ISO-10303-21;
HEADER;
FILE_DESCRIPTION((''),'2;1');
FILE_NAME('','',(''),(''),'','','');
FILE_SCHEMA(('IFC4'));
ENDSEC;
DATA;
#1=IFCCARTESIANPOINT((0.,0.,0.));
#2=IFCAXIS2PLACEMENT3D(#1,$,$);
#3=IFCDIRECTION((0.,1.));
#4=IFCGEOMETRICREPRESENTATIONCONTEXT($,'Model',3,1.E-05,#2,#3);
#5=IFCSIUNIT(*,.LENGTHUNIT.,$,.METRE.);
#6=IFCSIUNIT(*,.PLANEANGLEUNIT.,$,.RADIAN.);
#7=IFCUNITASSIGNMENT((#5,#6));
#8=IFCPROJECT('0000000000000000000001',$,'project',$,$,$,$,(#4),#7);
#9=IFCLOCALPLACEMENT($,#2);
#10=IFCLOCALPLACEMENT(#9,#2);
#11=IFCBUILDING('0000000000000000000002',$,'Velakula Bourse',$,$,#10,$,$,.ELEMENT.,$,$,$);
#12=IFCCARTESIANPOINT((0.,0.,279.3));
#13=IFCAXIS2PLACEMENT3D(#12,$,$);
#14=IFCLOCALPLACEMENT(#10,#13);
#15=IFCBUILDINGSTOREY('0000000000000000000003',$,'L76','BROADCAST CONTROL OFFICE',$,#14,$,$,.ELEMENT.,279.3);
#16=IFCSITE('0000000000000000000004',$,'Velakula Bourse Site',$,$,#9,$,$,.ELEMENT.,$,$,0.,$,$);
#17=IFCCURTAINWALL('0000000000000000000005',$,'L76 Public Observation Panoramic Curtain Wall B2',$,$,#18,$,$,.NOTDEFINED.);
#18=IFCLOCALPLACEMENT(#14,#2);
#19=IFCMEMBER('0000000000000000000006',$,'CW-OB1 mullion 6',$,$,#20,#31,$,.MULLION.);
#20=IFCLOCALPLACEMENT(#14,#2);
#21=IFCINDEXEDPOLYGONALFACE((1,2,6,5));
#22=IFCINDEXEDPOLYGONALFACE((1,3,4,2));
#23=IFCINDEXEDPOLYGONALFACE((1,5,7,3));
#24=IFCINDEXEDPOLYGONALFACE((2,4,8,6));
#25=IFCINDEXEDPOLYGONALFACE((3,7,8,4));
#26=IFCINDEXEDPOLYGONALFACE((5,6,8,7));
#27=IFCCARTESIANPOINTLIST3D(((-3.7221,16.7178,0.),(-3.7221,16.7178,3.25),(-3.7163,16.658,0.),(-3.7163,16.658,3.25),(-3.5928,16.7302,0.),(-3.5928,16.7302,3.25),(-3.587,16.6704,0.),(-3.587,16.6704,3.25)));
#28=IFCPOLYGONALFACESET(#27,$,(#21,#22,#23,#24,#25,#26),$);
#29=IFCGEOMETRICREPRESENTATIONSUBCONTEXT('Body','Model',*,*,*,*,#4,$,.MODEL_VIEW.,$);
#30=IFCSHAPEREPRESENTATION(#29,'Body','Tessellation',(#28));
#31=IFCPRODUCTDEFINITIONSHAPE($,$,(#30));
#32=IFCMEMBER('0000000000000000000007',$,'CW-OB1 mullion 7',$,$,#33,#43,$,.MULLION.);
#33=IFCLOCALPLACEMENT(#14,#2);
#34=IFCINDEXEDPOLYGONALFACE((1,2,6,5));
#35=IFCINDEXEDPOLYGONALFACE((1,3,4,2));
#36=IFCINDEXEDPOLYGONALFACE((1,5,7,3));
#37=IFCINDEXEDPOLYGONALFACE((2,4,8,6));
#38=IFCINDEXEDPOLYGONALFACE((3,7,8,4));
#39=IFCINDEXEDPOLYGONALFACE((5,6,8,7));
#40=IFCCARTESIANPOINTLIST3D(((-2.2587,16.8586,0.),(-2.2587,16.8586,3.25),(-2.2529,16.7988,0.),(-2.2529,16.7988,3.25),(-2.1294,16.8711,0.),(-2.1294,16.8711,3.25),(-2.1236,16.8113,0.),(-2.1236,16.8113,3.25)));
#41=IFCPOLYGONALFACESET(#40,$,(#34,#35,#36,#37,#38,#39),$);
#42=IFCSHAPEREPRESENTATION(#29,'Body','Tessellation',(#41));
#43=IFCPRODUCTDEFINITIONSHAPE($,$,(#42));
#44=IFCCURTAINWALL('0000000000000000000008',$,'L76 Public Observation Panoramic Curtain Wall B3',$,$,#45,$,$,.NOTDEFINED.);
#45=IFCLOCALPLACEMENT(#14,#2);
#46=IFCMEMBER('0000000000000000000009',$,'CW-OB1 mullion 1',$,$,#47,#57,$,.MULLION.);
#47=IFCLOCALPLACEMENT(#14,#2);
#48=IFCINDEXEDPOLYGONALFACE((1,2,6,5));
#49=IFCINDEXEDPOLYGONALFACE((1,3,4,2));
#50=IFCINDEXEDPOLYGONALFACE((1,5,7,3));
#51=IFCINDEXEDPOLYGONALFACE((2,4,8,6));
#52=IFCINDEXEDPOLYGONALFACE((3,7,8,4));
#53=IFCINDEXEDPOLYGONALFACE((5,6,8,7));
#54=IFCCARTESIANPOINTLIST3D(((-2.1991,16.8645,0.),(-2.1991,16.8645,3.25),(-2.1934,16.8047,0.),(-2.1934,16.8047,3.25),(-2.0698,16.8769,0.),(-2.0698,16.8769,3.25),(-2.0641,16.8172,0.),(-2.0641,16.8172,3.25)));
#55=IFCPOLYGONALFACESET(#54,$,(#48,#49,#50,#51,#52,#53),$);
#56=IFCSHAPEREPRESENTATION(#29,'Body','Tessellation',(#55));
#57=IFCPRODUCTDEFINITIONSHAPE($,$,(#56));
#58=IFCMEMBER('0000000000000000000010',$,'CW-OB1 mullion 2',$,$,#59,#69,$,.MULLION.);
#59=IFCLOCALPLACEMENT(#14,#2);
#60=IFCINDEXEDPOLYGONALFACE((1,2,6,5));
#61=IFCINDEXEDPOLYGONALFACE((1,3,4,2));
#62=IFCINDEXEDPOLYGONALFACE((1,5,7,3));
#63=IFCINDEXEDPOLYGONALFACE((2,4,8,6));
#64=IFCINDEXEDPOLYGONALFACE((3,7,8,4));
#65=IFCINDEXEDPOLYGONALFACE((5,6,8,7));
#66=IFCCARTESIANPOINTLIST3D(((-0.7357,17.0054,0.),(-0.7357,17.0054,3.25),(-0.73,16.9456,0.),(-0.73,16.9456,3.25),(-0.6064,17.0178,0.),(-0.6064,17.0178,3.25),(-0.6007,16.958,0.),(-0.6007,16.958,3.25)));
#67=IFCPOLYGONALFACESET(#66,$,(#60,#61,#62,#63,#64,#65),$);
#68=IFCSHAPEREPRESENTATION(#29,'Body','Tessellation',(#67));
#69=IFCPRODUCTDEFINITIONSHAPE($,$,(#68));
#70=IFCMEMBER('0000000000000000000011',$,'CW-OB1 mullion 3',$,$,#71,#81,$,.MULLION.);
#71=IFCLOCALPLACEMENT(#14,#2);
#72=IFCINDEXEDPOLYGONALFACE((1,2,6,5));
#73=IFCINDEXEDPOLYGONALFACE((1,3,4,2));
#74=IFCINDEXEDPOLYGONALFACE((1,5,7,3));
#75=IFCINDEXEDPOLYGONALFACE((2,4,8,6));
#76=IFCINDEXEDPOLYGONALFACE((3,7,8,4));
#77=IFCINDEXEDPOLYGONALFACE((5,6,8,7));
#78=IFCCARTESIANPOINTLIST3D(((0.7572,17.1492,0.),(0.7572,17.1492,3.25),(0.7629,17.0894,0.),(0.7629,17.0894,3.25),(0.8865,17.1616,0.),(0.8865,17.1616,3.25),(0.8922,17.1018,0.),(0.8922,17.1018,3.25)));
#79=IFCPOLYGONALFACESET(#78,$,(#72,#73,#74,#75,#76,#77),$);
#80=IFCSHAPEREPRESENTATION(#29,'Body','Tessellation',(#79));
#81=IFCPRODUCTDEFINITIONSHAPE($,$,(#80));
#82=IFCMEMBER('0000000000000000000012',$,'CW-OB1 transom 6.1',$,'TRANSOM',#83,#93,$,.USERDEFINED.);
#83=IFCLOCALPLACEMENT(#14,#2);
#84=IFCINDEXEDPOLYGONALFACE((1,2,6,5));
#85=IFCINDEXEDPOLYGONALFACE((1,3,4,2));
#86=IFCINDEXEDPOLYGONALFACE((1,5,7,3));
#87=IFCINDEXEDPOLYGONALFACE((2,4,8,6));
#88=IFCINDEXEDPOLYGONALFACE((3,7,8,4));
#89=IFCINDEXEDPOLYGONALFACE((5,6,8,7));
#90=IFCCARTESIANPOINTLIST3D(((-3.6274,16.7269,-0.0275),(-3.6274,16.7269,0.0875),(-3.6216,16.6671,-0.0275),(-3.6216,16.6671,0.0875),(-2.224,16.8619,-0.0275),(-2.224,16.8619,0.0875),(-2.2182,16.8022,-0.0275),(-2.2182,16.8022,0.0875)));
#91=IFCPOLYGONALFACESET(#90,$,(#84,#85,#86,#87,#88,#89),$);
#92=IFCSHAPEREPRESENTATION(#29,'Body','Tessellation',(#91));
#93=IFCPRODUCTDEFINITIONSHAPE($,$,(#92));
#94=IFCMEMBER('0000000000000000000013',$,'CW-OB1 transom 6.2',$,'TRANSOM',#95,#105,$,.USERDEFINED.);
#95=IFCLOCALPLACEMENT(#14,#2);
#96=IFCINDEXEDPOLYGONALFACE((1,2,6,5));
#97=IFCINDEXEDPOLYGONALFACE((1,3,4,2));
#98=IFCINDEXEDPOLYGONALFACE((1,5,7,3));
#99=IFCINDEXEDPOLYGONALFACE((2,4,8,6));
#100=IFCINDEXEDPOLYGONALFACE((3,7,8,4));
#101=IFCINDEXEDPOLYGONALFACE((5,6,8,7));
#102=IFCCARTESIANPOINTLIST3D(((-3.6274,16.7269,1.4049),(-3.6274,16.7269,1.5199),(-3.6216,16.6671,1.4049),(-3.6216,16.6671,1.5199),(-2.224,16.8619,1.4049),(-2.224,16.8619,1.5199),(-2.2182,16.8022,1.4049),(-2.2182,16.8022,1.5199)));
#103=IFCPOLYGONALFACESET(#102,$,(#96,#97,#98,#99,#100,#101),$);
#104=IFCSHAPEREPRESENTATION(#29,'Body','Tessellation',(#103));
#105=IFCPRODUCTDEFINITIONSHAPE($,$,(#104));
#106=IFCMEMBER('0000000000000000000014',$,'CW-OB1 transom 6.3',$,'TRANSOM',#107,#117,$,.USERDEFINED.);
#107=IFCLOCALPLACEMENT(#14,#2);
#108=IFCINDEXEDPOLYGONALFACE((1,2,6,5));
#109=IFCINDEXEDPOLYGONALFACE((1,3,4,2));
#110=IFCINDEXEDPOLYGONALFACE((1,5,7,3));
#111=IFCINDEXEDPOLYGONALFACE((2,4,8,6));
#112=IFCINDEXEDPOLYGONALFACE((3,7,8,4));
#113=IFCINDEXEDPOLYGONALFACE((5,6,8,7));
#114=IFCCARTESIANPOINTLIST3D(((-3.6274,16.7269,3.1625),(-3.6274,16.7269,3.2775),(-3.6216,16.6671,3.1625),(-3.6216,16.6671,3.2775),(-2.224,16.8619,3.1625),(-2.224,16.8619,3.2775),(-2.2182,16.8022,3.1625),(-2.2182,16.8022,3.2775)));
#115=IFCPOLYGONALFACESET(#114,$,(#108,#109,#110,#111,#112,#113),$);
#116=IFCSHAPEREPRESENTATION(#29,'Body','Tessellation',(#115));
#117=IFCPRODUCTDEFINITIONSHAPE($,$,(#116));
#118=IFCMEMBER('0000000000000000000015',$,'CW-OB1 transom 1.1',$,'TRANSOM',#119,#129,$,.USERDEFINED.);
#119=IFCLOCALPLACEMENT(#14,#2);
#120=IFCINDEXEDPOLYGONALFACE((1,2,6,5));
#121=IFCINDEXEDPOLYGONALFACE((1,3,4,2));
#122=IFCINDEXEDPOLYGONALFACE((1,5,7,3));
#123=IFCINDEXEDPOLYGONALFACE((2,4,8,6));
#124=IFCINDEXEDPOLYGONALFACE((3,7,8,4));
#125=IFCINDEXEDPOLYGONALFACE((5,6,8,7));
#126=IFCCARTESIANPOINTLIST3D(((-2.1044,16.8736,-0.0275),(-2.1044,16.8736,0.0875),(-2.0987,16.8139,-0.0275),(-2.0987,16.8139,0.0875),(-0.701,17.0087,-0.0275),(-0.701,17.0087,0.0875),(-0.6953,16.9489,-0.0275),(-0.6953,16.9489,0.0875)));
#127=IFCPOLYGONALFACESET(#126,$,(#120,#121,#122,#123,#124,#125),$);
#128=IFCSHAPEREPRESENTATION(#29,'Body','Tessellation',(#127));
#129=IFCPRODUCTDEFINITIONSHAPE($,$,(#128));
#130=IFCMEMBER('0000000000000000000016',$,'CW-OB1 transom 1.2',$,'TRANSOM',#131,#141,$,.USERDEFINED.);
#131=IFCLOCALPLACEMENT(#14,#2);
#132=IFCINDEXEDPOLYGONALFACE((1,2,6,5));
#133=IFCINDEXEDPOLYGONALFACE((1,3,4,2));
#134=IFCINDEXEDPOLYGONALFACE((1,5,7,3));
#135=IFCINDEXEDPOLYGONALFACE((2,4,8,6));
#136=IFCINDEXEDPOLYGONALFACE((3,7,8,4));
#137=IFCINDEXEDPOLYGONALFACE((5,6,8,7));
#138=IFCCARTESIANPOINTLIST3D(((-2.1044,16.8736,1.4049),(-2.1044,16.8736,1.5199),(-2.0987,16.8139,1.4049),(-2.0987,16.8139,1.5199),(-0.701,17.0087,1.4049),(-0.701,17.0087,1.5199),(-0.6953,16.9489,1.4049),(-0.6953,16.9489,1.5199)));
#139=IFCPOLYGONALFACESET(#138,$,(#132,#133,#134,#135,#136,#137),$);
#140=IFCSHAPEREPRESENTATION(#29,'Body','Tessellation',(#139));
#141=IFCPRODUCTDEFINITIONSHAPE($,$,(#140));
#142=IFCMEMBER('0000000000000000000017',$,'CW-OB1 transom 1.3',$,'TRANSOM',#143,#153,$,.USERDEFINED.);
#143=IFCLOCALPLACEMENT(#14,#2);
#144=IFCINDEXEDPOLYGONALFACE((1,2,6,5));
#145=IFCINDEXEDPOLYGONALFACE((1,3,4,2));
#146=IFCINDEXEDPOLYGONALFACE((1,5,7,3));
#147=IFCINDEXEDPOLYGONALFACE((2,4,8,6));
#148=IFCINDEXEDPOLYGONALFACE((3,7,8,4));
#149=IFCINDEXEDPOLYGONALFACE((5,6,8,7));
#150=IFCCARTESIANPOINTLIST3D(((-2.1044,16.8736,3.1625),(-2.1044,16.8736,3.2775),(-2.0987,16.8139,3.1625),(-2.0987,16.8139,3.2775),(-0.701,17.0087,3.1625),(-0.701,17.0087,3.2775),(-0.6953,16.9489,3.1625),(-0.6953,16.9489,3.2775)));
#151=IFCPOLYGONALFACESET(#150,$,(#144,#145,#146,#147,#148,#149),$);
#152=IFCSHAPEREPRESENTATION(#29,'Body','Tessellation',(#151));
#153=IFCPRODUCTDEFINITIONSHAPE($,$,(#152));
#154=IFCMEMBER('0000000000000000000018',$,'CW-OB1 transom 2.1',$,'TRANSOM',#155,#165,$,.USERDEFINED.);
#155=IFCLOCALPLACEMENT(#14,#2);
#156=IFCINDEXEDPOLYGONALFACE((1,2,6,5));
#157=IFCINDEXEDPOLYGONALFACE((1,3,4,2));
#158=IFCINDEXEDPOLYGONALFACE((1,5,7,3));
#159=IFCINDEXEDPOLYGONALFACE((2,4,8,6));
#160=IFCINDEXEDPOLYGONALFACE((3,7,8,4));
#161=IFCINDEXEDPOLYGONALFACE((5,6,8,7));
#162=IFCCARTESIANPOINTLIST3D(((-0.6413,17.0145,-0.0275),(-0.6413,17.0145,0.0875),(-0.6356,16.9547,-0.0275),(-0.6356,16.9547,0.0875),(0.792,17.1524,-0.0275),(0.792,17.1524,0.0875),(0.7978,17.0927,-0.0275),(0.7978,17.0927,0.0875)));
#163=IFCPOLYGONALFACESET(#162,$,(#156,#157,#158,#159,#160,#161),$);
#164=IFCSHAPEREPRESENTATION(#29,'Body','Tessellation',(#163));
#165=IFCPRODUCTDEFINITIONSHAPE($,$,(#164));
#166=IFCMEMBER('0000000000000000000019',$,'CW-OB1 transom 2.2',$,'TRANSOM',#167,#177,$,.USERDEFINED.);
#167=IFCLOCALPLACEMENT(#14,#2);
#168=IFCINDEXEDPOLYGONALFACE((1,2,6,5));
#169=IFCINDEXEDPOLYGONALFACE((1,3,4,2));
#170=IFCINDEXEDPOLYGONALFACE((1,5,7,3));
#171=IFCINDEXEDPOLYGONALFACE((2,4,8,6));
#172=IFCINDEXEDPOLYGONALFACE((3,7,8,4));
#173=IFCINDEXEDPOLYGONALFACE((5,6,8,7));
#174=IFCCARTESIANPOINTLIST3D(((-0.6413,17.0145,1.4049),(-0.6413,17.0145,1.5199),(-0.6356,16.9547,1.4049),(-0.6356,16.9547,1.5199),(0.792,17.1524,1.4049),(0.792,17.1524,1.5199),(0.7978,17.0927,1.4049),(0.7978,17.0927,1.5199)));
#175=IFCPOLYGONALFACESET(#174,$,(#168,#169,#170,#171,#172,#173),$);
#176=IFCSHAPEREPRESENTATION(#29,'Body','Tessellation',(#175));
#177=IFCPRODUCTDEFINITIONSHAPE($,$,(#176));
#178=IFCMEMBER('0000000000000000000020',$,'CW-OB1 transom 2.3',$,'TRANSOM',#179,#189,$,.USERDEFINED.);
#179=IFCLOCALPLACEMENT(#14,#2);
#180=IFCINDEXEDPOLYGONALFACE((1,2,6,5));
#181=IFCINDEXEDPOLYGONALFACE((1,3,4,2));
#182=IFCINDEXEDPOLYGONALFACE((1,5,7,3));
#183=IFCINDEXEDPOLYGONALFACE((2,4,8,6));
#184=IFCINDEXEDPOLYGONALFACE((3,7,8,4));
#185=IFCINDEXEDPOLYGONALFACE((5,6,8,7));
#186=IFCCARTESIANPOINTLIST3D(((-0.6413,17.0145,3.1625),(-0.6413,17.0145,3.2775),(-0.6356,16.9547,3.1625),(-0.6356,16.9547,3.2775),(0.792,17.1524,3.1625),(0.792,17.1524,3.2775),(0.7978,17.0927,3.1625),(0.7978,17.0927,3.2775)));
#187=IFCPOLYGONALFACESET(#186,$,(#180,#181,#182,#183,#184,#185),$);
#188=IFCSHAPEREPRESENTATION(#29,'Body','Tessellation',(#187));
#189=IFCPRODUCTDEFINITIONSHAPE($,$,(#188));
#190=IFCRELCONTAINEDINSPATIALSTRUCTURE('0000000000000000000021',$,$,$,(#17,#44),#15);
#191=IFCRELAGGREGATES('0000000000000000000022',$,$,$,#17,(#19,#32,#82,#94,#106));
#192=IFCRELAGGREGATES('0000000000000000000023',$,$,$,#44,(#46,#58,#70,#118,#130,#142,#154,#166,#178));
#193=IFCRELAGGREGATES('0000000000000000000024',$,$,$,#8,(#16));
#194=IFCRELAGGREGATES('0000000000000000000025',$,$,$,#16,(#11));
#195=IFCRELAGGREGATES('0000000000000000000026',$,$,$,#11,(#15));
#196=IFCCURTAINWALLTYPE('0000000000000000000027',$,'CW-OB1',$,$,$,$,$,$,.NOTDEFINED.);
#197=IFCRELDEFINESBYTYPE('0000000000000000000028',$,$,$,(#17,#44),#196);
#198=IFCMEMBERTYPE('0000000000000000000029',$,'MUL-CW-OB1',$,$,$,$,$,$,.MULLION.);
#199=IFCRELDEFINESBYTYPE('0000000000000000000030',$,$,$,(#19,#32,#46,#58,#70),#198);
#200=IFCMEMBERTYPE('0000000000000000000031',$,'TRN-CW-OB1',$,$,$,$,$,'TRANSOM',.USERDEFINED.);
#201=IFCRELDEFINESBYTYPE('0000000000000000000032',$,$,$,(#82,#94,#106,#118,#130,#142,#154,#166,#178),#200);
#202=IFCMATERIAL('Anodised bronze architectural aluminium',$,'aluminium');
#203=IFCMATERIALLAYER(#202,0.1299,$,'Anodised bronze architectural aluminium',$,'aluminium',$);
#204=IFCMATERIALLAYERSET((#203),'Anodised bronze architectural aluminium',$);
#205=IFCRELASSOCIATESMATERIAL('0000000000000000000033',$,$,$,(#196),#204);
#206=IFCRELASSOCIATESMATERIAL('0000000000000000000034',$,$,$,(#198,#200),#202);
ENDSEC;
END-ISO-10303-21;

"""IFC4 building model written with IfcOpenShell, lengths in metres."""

from ifc_helpers import new_model, si_unit, direction, frame, origin, origin_2d, place, context, subcontext, project, spatial, rectangle, extrude, material, layer, layer_set, material_profile, profile_set, type_object, element, aggregate, save


model = new_model("IFC4")

# Units and contexts
model_context = context("Model", 3, precision=1e-05, world=origin(), true_north=direction((0.0, 1.0)))
body_context = subcontext(model_context, "Body", "Model", "MODEL_VIEW")
ifc_project = project(units=[si_unit("LENGTHUNIT", "METRE"), si_unit("PLANEANGLEUNIT", "RADIAN")], contexts=[model_context])

# Site, building, storey
site_placement = place(None, origin())
site = spatial("IfcSite", under=ifc_project, at=site_placement, Name="Velakula Bourse Site", CompositionType="ELEMENT", RefElevation=0.0)
building_placement = place(site_placement, origin())
building = spatial("IfcBuilding", under=site, at=building_placement, Name="Velakula Bourse", CompositionType="ELEMENT")
storey_placement = place(building_placement, frame((0.0, 0.0, 279.3)))
storey = spatial("IfcBuildingStorey", under=building, at=storey_placement, Name="L76", Description="BROADCAST CONTROL OFFICE", CompositionType="ELEMENT", Elevation=279.3)

# Curtain walls, members
ifc_material_1 = material(Name="Anodised bronze architectural aluminium", Category="aluminium")
ifc_layer_1 = layer(ifc_material_1, 0.1299, Name="Anodised bronze architectural aluminium", Category="aluminium")
ifc_layer_set_1 = layer_set([ifc_layer_1], Name="Anodised bronze architectural aluminium")
curtain_wall_type = type_object("IfcCurtainWallType", Name="CW-OB1", PredefinedType="NOTDEFINED", material=ifc_layer_set_1)
curtain_wall_1_placement = place(storey_placement, origin())
curtain_wall_1 = element("IfcCurtainWall", 1, at=curtain_wall_1_placement, inside=storey, type_object=curtain_wall_type, Name="L76 Public Observation Panoramic Curtain Wall B2", PredefinedType="NOTDEFINED")
ifc_material_profile_1 = material_profile(ifc_material_1, rectangle(XDim=0.0601, YDim=0.1299, at=origin_2d()), Name="Anodised bronze architectural aluminium")
ifc_profile_set_1 = profile_set([ifc_material_profile_1], Name="Anodised bronze architectural aluminium")
member_type_1 = type_object("IfcMemberType", Name="MUL-CW-OB1", PredefinedType="MULLION", material=ifc_profile_set_1)
member_1_placement = place(storey_placement, frame((-3.6545, 16.6941, 0.0), z_axis=(0.0, 0.0, 1.0), x_axis=(-0.095845, 0.995396, 0.0)))
member_1 = element("IfcMember", 2, at=member_1_placement, type_object=member_type_1, Name="CW-OB1 mullion 6", PredefinedType="MULLION", context=body_context, shape_type="SweptSolid", body=[
    extrude(rectangle(XDim=0.0601, YDim=0.1299, at=origin_2d()), origin(), (0.0, 0.0, 1.0), 3.25),
])
member_2_placement = place(storey_placement, frame((-2.1912, 16.835, 0.0), z_axis=(0.0, 0.0, 1.0), x_axis=(-0.095845, 0.995396, 0.0)))
member_2 = element("IfcMember", 3, at=member_2_placement, type_object=member_type_1, Name="CW-OB1 mullion 7", PredefinedType="MULLION", context=body_context, shape_type="SweptSolid", body=[
    extrude(rectangle(XDim=0.0601, YDim=0.1299, at=origin_2d()), origin(), (0.0, 0.0, 1.0), 3.25),
])
curtain_wall_2_placement = place(storey_placement, origin())
curtain_wall_2 = element("IfcCurtainWall", 4, at=curtain_wall_2_placement, inside=storey, type_object=curtain_wall_type, Name="L76 Public Observation Panoramic Curtain Wall B3", PredefinedType="NOTDEFINED")
member_3_placement = place(storey_placement, frame((-2.1316, 16.8408, 0.0), z_axis=(0.0, 0.0, 1.0), x_axis=(-0.095844, 0.995396, 0.0)))
member_3 = element("IfcMember", 5, at=member_3_placement, type_object=member_type_1, Name="CW-OB1 mullion 1", PredefinedType="MULLION", context=body_context, shape_type="SweptSolid", body=[
    extrude(rectangle(XDim=0.0601, YDim=0.1299, at=origin_2d()), origin(), (0.0, 0.0, 1.0), 3.25),
])
member_4_placement = place(storey_placement, frame((-0.6682, 16.9817, 0.0), z_axis=(0.0, 0.0, 1.0), x_axis=(-0.095844, 0.995396, 0.0)))
member_4 = element("IfcMember", 6, at=member_4_placement, type_object=member_type_1, Name="CW-OB1 mullion 2", PredefinedType="MULLION", context=body_context, shape_type="SweptSolid", body=[
    extrude(rectangle(XDim=0.0601, YDim=0.1299, at=origin_2d()), origin(), (0.0, 0.0, 1.0), 3.25),
])
member_5_placement = place(storey_placement, frame((0.8247, 17.1255, 0.0), z_axis=(0.0, 0.0, 1.0), x_axis=(-0.095844, 0.995396, 0.0)))
member_5 = element("IfcMember", 7, at=member_5_placement, type_object=member_type_1, Name="CW-OB1 mullion 3", PredefinedType="MULLION", context=body_context, shape_type="SweptSolid", body=[
    extrude(rectangle(XDim=0.0601, YDim=0.1299, at=origin_2d()), origin(), (0.0, 0.0, 1.0), 3.25),
])

# Members
ifc_material_profile_2 = material_profile(ifc_material_1, rectangle(XDim=0.0601, YDim=0.115, at=origin_2d()), Name="Anodised bronze architectural aluminium")
ifc_profile_set_2 = profile_set([ifc_material_profile_2], Name="Anodised bronze architectural aluminium")
member_type_2 = type_object("IfcMemberType", Name="TRN-CW-OB1", ElementType="TRANSOM", PredefinedType="USERDEFINED", material=ifc_profile_set_2)
member_6_placement = place(storey_placement, frame((-3.6245, 16.697, 0.03), z_axis=(0.995404, 0.095765, 0.0), x_axis=(-0.095765, 0.995404, 0.0)))
member_6 = element("IfcMember", 8, at=member_6_placement, type_object=member_type_2, Name="CW-OB1 transom 6.1", ObjectType="TRANSOM", PredefinedType="USERDEFINED", context=body_context, shape_type="SweptSolid", body=[
    extrude(rectangle(XDim=0.0601, YDim=0.115, at=origin_2d()), origin(), (0.0, 0.0, 1.0), 1.4099),
])
member_7_placement = place(storey_placement, frame((-3.6245, 16.697, 1.4624), z_axis=(0.995404, 0.095765, 0.0), x_axis=(-0.095765, 0.995404, 0.0)))
member_7 = element("IfcMember", 9, at=member_7_placement, type_object=member_type_2, Name="CW-OB1 transom 6.2", ObjectType="TRANSOM", PredefinedType="USERDEFINED", context=body_context, shape_type="SweptSolid", body=[
    extrude(rectangle(XDim=0.0601, YDim=0.115, at=origin_2d()), origin(), (0.0, 0.0, 1.0), 1.4099),
])
member_8_placement = place(storey_placement, frame((-3.6245, 16.697, 3.22), z_axis=(0.995404, 0.095765, 0.0), x_axis=(-0.095765, 0.995404, 0.0)))
member_8 = element("IfcMember", 10, at=member_8_placement, type_object=member_type_2, Name="CW-OB1 transom 6.3", ObjectType="TRANSOM", PredefinedType="USERDEFINED", context=body_context, shape_type="SweptSolid", body=[
    extrude(rectangle(XDim=0.0601, YDim=0.115, at=origin_2d()), origin(), (0.0, 0.0, 1.0), 1.4099),
])
member_9_placement = place(storey_placement, frame((-2.1016, 16.8438, 0.03), z_axis=(0.995404, 0.095765, 0.0), x_axis=(-0.095765, 0.995404, 0.0)))
member_9 = element("IfcMember", 11, at=member_9_placement, type_object=member_type_2, Name="CW-OB1 transom 1.1", ObjectType="TRANSOM", PredefinedType="USERDEFINED", context=body_context, shape_type="SweptSolid", body=[
    extrude(rectangle(XDim=0.0601, YDim=0.115, at=origin_2d()), origin(), (0.0, 0.0, 1.0), 1.4099),
])
member_10_placement = place(storey_placement, frame((-2.1016, 16.8438, 1.4624), z_axis=(0.995404, 0.095765, 0.0), x_axis=(-0.095765, 0.995404, 0.0)))
member_10 = element("IfcMember", 12, at=member_10_placement, type_object=member_type_2, Name="CW-OB1 transom 1.2", ObjectType="TRANSOM", PredefinedType="USERDEFINED", context=body_context, shape_type="SweptSolid", body=[
    extrude(rectangle(XDim=0.0601, YDim=0.115, at=origin_2d()), origin(), (0.0, 0.0, 1.0), 1.4099),
])
member_11_placement = place(storey_placement, frame((-2.1016, 16.8438, 3.22), z_axis=(0.995404, 0.095765, 0.0), x_axis=(-0.095765, 0.995404, 0.0)))
member_11 = element("IfcMember", 13, at=member_11_placement, type_object=member_type_2, Name="CW-OB1 transom 1.3", ObjectType="TRANSOM", PredefinedType="USERDEFINED", context=body_context, shape_type="SweptSolid", body=[
    extrude(rectangle(XDim=0.0601, YDim=0.115, at=origin_2d()), origin(), (0.0, 0.0, 1.0), 1.4099),
])
member_12_placement = place(storey_placement, frame((-0.6384, 16.9846, 0.03), z_axis=(0.995401, 0.095793, 0.0), x_axis=(-0.095793, 0.995401, 0.0)))
member_12 = element("IfcMember", 14, at=member_12_placement, type_object=member_type_2, Name="CW-OB1 transom 2.1", ObjectType="TRANSOM", PredefinedType="USERDEFINED", context=body_context, shape_type="SweptSolid", body=[
    extrude(rectangle(XDim=0.0601, YDim=0.115, at=origin_2d()), origin(), (0.0, 0.0, 1.0), 1.4399),
])
member_13_placement = place(storey_placement, frame((-0.6384, 16.9846, 1.4624), z_axis=(0.995401, 0.095793, 0.0), x_axis=(-0.095793, 0.995401, 0.0)))
member_13 = element("IfcMember", 15, at=member_13_placement, type_object=member_type_2, Name="CW-OB1 transom 2.2", ObjectType="TRANSOM", PredefinedType="USERDEFINED", context=body_context, shape_type="SweptSolid", body=[
    extrude(rectangle(XDim=0.0601, YDim=0.115, at=origin_2d()), origin(), (0.0, 0.0, 1.0), 1.4399),
])
member_14_placement = place(storey_placement, frame((-0.6384, 16.9846, 3.22), z_axis=(0.995401, 0.095793, 0.0), x_axis=(-0.095793, 0.995401, 0.0)))
member_14 = element("IfcMember", 16, at=member_14_placement, type_object=member_type_2, Name="CW-OB1 transom 2.3", ObjectType="TRANSOM", PredefinedType="USERDEFINED", context=body_context, shape_type="SweptSolid", body=[
    extrude(rectangle(XDim=0.0601, YDim=0.115, at=origin_2d()), origin(), (0.0, 0.0, 1.0), 1.4399),
])

aggregate(curtain_wall_1, [member_1, member_2, member_6, member_7, member_8])
aggregate(curtain_wall_2, [member_3, member_4, member_5, member_9, member_10, member_11, member_12, member_13, member_14])

save(model, "model.ifc")
